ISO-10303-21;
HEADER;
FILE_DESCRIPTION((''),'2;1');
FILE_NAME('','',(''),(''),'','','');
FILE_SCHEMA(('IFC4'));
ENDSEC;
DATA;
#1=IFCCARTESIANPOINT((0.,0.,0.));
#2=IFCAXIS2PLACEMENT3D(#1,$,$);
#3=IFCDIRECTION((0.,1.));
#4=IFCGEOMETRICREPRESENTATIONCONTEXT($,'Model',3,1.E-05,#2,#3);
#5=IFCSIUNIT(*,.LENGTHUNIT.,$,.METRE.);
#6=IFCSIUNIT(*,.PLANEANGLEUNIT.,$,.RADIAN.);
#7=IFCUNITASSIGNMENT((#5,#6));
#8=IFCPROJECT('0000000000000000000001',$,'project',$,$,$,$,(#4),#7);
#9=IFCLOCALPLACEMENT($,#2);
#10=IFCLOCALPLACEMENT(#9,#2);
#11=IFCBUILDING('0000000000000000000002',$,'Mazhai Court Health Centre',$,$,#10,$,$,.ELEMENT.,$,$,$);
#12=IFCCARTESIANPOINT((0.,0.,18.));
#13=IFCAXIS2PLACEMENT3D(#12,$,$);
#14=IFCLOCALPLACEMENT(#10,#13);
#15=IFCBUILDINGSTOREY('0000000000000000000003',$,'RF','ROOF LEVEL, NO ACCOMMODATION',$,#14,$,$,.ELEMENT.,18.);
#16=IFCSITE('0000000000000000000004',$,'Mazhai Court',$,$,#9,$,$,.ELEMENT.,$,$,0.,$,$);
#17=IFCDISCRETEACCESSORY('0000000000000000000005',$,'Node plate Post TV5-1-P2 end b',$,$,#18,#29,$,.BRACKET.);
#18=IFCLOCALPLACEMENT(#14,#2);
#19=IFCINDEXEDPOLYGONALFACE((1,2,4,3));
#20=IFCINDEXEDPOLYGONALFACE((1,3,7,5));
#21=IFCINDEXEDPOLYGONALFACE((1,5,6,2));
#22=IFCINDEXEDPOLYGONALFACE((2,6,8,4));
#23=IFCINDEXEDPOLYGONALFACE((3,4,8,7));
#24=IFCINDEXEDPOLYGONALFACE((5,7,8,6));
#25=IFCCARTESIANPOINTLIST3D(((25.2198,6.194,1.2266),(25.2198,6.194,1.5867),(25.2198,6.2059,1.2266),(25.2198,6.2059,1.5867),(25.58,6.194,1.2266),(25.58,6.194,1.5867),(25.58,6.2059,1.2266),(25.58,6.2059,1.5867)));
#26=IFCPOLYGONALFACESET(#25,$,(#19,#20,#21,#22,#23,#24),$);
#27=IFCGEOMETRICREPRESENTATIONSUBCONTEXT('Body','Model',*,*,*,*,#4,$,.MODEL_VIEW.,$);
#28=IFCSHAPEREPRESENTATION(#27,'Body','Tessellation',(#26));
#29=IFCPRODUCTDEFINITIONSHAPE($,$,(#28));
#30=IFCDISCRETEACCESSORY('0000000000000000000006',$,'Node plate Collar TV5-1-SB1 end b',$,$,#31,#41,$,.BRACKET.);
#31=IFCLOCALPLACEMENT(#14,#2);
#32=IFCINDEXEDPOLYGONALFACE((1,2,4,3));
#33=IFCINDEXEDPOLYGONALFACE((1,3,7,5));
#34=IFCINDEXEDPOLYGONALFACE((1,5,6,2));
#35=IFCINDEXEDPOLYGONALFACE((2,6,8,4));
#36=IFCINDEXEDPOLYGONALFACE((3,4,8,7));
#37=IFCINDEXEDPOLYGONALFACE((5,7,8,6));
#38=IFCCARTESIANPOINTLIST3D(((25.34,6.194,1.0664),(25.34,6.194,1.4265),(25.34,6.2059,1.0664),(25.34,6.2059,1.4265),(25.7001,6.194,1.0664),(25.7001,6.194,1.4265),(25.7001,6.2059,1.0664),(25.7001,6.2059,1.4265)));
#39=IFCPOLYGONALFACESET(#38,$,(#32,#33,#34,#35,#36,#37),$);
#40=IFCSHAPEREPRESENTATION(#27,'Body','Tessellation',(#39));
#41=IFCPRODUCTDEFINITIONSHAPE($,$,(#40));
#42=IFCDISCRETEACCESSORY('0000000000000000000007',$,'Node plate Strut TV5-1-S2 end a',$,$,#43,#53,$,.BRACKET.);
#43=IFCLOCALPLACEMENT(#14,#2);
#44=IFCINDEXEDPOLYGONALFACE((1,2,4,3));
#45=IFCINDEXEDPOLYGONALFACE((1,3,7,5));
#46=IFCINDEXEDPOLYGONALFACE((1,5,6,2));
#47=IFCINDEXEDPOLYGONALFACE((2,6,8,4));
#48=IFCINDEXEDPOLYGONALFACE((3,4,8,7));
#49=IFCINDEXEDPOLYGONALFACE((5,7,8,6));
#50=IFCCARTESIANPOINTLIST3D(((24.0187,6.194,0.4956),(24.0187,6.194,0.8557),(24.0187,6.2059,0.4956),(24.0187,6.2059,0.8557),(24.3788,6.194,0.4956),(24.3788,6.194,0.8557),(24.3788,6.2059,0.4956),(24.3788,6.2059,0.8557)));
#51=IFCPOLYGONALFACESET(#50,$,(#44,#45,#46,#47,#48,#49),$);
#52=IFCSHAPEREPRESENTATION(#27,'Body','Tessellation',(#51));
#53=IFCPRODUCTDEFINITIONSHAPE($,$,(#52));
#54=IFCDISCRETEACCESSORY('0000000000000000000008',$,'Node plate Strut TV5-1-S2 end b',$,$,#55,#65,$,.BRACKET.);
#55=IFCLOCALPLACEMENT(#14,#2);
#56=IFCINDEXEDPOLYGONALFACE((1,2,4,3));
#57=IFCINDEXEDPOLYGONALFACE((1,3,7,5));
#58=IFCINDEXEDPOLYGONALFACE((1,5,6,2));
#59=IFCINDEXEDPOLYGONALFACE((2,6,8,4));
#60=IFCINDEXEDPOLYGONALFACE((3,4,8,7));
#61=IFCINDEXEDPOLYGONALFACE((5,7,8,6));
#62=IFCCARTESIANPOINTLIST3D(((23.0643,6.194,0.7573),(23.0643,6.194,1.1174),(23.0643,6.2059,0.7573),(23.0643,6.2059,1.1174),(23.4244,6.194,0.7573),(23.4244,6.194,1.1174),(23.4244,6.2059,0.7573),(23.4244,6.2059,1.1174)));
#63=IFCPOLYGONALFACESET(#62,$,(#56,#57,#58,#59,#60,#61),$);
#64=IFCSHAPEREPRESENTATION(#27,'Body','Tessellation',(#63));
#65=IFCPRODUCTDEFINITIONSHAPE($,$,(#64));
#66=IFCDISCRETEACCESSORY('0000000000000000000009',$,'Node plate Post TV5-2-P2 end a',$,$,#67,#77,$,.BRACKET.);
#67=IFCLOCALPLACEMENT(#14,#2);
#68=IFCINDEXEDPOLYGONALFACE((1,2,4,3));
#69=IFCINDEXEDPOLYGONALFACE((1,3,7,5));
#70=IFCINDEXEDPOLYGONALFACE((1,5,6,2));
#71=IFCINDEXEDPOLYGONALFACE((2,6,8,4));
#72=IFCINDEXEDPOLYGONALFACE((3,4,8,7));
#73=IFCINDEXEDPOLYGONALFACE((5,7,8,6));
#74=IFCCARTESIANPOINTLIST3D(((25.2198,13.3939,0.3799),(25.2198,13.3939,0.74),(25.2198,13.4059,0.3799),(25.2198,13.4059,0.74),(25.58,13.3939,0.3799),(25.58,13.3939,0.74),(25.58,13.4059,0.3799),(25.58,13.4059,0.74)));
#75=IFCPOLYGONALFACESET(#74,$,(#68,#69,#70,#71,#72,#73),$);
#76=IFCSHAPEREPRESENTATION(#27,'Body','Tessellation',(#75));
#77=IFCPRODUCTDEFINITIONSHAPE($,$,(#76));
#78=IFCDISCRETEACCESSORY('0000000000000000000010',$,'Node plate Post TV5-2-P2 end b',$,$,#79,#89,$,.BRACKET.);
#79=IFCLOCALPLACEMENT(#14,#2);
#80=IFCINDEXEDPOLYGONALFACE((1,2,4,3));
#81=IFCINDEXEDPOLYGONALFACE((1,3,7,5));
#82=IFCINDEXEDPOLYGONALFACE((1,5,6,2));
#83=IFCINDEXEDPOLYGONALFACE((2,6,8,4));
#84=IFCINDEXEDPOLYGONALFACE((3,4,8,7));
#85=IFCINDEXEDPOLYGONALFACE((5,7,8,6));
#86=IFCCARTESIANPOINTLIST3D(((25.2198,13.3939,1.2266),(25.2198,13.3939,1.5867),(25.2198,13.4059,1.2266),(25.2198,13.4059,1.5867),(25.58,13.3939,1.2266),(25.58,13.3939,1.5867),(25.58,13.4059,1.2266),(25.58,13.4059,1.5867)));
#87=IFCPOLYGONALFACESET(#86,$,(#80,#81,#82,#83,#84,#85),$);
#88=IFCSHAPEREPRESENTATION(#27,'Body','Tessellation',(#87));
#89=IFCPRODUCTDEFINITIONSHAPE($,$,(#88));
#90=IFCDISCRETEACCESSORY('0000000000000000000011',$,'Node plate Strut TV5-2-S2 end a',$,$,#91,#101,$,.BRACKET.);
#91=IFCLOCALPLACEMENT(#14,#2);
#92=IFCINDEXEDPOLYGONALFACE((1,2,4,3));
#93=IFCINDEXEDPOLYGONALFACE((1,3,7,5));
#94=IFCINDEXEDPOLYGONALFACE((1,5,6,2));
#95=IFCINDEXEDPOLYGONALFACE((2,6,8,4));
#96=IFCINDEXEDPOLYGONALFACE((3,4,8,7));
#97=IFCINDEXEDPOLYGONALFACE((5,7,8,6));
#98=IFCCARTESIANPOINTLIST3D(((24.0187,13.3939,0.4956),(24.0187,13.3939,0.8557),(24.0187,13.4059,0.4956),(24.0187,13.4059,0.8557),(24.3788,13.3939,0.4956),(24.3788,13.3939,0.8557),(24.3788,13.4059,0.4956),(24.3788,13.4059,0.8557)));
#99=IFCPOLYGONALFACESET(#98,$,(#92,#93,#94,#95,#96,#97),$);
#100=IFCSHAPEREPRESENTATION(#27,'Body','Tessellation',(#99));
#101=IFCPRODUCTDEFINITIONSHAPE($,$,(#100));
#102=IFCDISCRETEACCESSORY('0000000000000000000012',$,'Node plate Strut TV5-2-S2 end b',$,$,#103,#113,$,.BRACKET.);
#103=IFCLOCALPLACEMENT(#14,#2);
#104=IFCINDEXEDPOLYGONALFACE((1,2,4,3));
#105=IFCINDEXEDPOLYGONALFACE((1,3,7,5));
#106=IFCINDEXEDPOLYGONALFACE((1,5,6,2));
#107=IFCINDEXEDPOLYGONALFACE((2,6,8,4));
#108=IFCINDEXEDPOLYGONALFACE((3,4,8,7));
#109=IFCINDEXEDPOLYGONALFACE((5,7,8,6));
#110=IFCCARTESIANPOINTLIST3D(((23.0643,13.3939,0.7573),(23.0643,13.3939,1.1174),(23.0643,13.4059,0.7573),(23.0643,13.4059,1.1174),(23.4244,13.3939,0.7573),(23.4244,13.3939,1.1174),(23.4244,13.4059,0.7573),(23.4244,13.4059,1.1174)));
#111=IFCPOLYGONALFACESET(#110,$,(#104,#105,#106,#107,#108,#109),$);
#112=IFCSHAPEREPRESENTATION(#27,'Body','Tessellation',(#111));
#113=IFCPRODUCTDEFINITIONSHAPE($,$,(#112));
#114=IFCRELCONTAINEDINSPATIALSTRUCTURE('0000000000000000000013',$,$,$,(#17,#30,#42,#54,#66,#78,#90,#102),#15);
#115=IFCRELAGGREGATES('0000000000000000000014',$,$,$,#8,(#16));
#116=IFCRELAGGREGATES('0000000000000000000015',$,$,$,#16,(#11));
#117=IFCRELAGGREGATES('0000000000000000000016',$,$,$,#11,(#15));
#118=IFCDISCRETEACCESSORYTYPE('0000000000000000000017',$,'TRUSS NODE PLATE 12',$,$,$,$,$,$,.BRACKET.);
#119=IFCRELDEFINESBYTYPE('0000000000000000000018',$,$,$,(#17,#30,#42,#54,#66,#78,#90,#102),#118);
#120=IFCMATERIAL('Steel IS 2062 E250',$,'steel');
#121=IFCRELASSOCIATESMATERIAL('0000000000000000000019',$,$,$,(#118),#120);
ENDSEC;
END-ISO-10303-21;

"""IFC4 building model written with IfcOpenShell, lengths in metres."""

from ifc_helpers import new_model, si_unit, direction, frame, origin, origin_2d, place, context, subcontext, project, spatial, rectangle, extrude, material, type_object, element, save


model = new_model("IFC4")

# Units and contexts
model_context = context("Model", 3, precision=1e-05, world=origin(), true_north=direction((0.0, 1.0)))
body_context = subcontext(model_context, "Body", "Model", "MODEL_VIEW")
ifc_project = project(units=[si_unit("LENGTHUNIT", "METRE"), si_unit("PLANEANGLEUNIT", "RADIAN")], contexts=[model_context])

# Site, building, storey
site_placement = place(None, origin())
site = spatial("IfcSite", under=ifc_project, at=site_placement, Name="Mazhai Court", CompositionType="ELEMENT", RefElevation=0.0)
building_placement = place(site_placement, origin())
building = spatial("IfcBuilding", under=site, at=building_placement, Name="Mazhai Court Health Centre", CompositionType="ELEMENT")
storey_placement = place(building_placement, frame((0.0, 0.0, 18.0)))
storey = spatial("IfcBuildingStorey", under=building, at=storey_placement, Name="RF", Description="ROOF LEVEL, NO ACCOMMODATION", CompositionType="ELEMENT", Elevation=18.0)

# Discrete accessories
ifc_material_1 = material(Name="Steel IS 2062 E250", Category="steel")
discrete_accessory_type = type_object("IfcDiscreteAccessoryType", Name="TRUSS NODE PLATE 12", PredefinedType="BRACKET", material=ifc_material_1)
for number, where, z_axis, x_axis, name in (
    (1, (25.3999, 6.2, 1.2266), (0.0, 0.0, 1.0), (1.0, 0.0, 0.0), "Node plate Post TV5-1-P2 end b"),
    (2, (25.52, 6.2, 1.0664), (0.0, 0.0, 1.0), (1.0, 0.0, 0.0), "Node plate Collar TV5-1-SB1 end b"),
    (3, (24.1987, 6.2, 0.4956), (0.0, 0.0, 1.0), (1.0, 0.0, 0.0), "Node plate Strut TV5-1-S2 end a"),
    (4, (23.2444, 6.2, 0.7573), (0.0, 0.0, 1.0), (1.0, 0.0, 0.0), "Node plate Strut TV5-1-S2 end b"),
    (5, (25.3999, 13.3999, 0.3799), (0.0, 0.0, 1.0), (1.0, 0.0, 0.0), "Node plate Post TV5-2-P2 end a"),
    (6, (25.3999, 13.3999, 1.2266), (0.0, 0.0, 1.0), (1.0, 0.0, 0.0), "Node plate Post TV5-2-P2 end b"),
    (7, (24.1987, 13.3999, 0.4956), (0.0, 0.0, 1.0), (1.0, 0.0, 0.0), "Node plate Strut TV5-2-S2 end a"),
    (8, (23.2444, 13.3999, 0.7573), (0.0, 0.0, 1.0), (1.0, 0.0, 0.0), "Node plate Strut TV5-2-S2 end b"),
):
    element("IfcDiscreteAccessory", number, at=place(storey_placement, frame(where, z_axis=z_axis, x_axis=x_axis)), inside=storey, type_object=discrete_accessory_type, Name=name, PredefinedType="BRACKET", context=body_context, shape_type="SweptSolid", body=[
        extrude(rectangle(XDim=0.3601, YDim=0.012, at=origin_2d()), origin(), (0.0, 0.0, 1.0), 0.3601),
    ])

save(model, "model.ifc")
